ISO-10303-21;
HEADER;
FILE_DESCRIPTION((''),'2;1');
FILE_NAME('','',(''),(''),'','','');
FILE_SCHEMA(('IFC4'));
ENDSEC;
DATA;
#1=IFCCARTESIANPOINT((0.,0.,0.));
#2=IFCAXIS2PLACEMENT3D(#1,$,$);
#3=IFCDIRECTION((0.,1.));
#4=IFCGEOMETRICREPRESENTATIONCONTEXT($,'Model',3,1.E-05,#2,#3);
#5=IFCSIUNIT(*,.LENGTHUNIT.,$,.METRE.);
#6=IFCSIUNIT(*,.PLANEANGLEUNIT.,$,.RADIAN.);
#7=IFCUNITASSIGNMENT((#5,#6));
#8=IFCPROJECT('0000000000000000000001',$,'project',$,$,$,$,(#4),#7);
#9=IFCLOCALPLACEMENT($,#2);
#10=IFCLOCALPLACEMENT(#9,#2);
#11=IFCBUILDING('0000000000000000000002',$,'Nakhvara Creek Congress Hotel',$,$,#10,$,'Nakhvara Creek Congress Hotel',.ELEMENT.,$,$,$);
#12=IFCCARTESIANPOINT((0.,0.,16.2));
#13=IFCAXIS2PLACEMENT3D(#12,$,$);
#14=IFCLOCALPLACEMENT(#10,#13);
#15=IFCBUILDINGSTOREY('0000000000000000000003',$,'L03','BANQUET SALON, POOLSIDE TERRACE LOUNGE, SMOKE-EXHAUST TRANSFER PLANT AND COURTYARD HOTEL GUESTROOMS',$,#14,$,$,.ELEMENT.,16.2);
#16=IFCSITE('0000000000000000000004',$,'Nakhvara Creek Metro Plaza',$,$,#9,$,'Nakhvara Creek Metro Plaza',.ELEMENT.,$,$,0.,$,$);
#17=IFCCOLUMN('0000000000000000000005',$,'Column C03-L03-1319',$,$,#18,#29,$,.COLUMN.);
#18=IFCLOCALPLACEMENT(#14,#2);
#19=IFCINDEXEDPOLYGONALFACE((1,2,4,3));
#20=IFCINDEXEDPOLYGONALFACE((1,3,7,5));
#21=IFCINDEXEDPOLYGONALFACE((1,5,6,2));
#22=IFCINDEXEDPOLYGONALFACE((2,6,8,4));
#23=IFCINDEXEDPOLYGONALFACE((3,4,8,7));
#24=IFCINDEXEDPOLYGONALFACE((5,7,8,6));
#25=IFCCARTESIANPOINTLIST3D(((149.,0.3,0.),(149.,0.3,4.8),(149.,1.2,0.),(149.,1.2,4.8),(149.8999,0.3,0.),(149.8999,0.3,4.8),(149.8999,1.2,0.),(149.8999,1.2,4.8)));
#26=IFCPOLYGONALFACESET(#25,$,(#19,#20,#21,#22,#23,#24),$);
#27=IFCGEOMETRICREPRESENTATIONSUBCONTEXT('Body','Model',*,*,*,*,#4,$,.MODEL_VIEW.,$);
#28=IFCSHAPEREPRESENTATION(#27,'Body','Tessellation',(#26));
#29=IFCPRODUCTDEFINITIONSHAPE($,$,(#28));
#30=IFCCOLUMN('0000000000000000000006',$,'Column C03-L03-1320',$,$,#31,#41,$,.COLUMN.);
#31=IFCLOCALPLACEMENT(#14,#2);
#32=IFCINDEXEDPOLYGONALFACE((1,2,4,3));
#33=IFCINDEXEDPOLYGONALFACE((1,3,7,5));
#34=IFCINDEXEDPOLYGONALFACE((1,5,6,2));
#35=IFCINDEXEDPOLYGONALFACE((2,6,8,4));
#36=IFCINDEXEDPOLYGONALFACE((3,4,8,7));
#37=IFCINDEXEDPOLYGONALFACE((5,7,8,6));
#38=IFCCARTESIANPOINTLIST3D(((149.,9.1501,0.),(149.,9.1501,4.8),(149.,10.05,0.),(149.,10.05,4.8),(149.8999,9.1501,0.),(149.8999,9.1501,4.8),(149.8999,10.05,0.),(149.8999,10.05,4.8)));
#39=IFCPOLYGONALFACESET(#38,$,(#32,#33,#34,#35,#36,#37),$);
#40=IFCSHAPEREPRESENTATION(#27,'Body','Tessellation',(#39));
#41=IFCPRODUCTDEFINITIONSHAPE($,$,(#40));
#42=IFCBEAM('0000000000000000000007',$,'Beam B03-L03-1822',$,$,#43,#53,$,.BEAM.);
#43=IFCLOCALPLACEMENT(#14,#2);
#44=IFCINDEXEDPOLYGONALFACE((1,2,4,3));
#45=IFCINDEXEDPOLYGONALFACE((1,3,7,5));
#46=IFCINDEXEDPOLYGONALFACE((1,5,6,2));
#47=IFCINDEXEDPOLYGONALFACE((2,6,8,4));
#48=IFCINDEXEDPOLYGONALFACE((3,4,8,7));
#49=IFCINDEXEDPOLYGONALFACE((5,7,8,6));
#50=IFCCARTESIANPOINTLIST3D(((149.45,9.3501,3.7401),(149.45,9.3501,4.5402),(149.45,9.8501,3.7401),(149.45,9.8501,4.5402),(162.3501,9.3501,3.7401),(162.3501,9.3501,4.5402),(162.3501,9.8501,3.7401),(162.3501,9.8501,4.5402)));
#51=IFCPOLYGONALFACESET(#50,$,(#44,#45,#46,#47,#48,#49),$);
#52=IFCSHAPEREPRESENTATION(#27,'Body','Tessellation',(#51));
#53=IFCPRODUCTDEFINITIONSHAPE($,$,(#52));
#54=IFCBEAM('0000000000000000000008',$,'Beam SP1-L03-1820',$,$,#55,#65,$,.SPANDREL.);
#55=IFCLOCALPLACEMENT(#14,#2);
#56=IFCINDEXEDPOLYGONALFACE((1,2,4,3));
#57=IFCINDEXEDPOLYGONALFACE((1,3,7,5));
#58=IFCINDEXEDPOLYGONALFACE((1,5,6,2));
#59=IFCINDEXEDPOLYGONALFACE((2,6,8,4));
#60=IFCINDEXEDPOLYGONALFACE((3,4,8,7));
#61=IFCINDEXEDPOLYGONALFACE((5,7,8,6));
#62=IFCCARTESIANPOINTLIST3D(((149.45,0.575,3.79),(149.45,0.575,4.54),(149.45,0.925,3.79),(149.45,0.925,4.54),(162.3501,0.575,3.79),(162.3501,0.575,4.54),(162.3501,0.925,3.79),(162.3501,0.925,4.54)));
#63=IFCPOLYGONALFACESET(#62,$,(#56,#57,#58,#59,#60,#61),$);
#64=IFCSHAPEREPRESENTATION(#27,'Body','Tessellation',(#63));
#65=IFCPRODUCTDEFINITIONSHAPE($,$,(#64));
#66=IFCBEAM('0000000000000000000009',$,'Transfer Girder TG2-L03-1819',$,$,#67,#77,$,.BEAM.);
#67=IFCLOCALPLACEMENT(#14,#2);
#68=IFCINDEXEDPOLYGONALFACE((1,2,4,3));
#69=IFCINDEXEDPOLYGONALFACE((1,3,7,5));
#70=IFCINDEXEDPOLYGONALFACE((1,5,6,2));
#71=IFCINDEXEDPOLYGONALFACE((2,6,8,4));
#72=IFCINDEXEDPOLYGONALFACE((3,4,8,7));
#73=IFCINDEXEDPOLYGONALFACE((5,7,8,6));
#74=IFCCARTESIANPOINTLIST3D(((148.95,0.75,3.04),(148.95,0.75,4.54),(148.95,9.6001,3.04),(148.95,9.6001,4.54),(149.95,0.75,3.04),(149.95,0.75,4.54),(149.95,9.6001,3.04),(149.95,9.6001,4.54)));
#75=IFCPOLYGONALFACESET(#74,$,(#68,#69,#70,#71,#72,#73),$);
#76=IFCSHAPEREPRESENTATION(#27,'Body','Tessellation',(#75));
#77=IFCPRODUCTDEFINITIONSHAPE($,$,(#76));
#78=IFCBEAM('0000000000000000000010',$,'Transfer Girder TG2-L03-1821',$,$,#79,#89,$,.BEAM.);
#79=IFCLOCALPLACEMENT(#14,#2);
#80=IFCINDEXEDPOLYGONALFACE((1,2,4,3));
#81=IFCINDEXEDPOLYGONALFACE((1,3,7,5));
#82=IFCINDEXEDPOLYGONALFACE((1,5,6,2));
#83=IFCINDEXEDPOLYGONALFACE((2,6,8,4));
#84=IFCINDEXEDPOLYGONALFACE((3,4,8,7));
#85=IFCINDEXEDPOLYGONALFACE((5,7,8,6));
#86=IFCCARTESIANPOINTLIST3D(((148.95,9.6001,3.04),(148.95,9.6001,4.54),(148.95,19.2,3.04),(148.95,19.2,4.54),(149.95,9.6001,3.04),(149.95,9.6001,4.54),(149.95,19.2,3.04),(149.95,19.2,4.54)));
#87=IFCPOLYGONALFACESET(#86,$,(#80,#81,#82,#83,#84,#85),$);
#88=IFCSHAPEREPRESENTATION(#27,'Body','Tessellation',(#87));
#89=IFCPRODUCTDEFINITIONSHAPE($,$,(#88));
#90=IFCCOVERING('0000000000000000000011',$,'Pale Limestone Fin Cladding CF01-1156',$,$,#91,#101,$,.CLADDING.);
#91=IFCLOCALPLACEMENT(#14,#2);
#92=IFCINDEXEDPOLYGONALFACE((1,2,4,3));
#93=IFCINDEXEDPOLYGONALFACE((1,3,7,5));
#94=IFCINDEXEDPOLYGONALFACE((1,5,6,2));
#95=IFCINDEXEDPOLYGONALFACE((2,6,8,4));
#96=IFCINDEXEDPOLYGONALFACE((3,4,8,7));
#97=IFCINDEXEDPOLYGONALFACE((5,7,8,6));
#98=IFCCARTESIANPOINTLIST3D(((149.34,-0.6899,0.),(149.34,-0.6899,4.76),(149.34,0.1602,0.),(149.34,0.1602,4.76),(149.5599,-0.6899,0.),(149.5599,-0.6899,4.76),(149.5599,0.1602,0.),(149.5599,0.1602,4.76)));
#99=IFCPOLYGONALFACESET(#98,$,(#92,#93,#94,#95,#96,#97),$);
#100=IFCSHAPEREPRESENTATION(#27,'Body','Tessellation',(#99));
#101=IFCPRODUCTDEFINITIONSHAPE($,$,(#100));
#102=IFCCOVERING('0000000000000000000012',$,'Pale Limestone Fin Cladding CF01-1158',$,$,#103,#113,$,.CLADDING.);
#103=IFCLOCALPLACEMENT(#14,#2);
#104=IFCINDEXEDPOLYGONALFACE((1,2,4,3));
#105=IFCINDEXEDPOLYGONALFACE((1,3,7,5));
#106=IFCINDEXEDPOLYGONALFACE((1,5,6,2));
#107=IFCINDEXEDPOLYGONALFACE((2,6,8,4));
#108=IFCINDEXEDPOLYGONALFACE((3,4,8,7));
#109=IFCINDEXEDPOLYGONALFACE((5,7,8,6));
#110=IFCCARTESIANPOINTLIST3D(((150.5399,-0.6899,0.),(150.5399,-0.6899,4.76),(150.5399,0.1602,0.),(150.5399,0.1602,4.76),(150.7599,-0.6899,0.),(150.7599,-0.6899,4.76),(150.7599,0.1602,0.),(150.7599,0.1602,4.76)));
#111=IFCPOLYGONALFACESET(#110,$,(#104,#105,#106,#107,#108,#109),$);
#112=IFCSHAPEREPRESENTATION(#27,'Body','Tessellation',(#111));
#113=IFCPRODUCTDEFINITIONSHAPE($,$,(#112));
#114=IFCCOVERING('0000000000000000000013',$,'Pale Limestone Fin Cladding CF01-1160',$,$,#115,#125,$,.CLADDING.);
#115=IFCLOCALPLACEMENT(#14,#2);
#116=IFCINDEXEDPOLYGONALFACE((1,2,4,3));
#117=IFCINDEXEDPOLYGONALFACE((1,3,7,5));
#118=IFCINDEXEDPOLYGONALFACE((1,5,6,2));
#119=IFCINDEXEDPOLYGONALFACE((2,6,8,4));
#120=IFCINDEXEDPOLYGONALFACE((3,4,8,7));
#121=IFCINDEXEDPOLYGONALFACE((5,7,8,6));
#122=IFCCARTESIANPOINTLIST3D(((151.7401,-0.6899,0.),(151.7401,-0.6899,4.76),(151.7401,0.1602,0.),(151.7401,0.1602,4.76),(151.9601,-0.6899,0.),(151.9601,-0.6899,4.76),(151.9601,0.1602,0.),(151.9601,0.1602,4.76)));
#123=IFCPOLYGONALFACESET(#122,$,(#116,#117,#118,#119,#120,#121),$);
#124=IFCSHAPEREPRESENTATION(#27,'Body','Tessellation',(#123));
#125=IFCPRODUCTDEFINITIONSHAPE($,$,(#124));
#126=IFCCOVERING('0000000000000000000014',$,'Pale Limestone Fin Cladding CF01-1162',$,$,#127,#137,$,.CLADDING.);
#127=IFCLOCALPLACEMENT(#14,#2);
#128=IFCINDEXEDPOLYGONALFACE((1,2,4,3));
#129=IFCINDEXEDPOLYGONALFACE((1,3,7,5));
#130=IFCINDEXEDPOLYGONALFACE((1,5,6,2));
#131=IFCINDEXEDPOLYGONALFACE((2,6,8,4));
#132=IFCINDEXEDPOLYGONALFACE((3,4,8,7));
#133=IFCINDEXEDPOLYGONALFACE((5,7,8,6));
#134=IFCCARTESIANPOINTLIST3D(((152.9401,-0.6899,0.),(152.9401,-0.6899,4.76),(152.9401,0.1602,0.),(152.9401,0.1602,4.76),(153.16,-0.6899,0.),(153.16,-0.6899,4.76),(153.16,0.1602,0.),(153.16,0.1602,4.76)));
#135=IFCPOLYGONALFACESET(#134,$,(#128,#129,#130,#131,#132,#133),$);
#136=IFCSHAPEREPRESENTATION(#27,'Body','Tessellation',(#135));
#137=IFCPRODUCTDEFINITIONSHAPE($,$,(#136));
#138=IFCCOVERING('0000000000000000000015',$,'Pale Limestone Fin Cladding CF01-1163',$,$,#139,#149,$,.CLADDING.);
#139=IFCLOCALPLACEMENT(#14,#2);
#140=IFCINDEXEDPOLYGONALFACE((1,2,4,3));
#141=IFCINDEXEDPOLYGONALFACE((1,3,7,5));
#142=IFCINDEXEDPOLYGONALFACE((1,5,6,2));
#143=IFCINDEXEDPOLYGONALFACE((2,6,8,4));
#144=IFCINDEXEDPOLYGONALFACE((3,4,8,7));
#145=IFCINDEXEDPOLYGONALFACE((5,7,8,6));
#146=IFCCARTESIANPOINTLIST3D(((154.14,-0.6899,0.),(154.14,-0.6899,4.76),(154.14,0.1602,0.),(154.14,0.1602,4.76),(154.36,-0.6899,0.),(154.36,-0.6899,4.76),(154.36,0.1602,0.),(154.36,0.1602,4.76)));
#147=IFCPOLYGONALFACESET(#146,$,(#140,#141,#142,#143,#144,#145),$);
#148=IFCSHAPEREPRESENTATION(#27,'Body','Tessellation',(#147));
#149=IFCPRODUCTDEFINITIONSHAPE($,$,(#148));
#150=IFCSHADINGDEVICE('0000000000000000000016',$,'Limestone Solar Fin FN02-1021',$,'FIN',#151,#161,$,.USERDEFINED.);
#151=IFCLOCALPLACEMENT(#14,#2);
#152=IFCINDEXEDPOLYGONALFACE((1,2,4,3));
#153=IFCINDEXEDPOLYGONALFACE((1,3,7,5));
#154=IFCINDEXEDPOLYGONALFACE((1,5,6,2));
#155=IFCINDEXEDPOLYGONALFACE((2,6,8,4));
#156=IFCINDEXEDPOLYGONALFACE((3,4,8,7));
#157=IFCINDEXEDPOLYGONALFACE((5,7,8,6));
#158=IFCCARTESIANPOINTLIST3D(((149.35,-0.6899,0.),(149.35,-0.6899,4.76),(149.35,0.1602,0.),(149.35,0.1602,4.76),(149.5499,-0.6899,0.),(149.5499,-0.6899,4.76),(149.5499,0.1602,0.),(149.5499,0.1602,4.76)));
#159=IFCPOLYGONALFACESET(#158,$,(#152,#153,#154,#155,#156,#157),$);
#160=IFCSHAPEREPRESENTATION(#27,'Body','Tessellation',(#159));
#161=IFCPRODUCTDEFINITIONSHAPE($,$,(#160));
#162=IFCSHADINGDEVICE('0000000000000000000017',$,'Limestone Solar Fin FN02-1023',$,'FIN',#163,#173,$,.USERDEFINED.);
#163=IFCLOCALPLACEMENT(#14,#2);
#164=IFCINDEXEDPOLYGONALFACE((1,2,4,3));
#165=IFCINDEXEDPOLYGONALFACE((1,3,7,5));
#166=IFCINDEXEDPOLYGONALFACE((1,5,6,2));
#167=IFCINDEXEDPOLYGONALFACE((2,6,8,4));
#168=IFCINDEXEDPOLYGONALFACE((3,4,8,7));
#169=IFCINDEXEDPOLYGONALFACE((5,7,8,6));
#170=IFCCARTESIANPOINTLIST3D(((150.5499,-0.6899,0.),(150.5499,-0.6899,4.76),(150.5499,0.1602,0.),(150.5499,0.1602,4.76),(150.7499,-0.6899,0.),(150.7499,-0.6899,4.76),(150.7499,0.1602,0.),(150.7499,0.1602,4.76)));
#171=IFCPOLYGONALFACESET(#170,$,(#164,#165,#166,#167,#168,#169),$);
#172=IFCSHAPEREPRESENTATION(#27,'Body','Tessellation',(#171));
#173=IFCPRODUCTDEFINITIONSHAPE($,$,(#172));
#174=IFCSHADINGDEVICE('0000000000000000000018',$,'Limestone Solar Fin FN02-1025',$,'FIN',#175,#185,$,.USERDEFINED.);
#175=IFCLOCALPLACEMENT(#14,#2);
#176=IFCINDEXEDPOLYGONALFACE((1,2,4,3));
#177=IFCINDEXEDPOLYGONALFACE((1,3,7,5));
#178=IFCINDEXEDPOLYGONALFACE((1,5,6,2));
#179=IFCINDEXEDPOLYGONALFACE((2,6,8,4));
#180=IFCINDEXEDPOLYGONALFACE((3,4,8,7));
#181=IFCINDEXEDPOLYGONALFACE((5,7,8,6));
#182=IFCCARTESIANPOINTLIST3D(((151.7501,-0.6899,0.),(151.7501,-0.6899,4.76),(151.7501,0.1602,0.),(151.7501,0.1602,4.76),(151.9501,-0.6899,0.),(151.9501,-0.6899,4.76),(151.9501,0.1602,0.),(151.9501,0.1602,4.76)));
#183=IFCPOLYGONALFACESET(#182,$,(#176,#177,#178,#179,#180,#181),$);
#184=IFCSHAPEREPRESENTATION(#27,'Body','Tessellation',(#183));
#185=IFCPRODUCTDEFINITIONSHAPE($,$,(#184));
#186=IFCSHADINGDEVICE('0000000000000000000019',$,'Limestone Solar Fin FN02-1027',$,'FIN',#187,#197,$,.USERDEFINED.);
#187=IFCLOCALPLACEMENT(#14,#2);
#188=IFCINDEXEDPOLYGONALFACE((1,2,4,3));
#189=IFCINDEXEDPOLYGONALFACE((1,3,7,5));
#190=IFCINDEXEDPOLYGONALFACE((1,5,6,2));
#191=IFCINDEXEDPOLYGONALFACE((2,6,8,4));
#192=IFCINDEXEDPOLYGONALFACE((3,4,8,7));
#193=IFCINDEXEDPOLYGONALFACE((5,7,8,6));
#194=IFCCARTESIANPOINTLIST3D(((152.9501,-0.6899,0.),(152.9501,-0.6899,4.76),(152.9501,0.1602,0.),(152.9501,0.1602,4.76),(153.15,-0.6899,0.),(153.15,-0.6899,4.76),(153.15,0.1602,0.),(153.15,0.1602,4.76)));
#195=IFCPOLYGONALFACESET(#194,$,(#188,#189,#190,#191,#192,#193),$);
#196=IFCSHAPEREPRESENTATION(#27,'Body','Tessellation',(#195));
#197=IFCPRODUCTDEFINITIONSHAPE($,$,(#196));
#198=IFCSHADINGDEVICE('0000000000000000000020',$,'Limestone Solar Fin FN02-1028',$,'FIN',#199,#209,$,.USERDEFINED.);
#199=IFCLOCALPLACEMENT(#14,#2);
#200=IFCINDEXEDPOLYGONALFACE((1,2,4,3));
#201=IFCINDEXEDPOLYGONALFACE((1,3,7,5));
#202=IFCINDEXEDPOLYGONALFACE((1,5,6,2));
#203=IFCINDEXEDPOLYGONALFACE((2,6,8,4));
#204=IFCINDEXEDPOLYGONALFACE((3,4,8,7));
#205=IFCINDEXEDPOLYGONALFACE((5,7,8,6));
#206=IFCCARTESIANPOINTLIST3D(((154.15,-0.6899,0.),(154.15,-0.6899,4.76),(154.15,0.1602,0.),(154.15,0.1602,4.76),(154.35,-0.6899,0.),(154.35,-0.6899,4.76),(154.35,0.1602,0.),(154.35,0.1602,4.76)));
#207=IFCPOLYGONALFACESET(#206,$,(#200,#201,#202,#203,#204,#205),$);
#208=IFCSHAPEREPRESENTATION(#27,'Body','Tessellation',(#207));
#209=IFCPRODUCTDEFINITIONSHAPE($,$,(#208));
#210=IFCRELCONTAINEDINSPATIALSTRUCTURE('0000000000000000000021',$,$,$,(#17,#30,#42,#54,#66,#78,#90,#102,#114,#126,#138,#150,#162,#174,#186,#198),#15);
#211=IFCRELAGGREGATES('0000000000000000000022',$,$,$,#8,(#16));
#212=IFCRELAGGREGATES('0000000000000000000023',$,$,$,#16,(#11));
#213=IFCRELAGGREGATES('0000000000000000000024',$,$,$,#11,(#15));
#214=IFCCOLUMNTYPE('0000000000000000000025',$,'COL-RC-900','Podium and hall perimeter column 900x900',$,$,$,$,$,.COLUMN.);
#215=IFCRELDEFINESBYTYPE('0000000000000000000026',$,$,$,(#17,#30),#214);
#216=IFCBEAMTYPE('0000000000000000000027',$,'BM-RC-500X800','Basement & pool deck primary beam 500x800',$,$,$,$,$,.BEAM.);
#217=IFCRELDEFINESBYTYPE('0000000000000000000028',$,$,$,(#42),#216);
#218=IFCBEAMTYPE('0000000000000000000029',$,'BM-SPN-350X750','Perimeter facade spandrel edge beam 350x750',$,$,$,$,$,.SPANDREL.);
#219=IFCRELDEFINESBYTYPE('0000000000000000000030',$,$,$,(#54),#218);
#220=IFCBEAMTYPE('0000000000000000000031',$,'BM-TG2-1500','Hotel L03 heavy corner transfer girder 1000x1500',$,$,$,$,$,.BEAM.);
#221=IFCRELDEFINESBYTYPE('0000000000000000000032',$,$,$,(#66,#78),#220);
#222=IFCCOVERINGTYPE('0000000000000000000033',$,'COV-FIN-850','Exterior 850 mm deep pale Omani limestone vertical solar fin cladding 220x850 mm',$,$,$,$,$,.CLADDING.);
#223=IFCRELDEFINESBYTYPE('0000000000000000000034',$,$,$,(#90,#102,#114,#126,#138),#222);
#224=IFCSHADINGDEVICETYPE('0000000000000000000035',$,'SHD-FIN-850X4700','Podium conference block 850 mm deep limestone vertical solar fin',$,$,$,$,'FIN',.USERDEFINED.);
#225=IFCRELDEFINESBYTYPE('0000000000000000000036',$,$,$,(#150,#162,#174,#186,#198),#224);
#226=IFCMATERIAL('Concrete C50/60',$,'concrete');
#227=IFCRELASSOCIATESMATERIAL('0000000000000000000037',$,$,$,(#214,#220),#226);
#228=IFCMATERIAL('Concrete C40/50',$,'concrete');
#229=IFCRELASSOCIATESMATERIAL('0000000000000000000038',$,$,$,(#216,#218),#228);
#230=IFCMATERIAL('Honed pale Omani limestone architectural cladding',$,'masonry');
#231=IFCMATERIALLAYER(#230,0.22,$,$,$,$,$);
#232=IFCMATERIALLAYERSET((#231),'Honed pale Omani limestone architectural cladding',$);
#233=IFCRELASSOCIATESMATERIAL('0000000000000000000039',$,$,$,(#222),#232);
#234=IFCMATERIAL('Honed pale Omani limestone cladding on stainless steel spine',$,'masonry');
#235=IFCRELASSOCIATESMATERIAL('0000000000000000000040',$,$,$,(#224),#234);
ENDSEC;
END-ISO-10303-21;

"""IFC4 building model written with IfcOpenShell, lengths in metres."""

from ifc_helpers import new_model, si_unit, direction, frame, origin, origin_2d, place, context, subcontext, project, spatial, rectangle, extrude, material, layer, layer_set, material_profile, profile_set, type_object, element, save


model = new_model("IFC4")

# Units and contexts
model_context = context("Model", 3, precision=1e-05, world=origin(), true_north=direction((0.0, 1.0)))
body_context = subcontext(model_context, "Body", "Model", "MODEL_VIEW")
ifc_project = project(units=[si_unit("LENGTHUNIT", "METRE"), si_unit("PLANEANGLEUNIT", "RADIAN")], contexts=[model_context])

# Site, building, storey
site_placement = place(None, origin())
site = spatial("IfcSite", under=ifc_project, at=site_placement, Name="Nakhvara Creek Metro Plaza", LongName="Nakhvara Creek Metro Plaza", CompositionType="ELEMENT", RefElevation=0.0)
building_placement = place(site_placement, origin())
building = spatial("IfcBuilding", under=site, at=building_placement, Name="Nakhvara Creek Congress Hotel", LongName="Nakhvara Creek Congress Hotel", CompositionType="ELEMENT")
storey_placement = place(building_placement, frame((0.0, 0.0, 16.2)))
storey = spatial("IfcBuildingStorey", under=building, at=storey_placement, Name="L03", Description="BANQUET SALON, POOLSIDE TERRACE LOUNGE, SMOKE-EXHAUST TRANSFER PLANT AND COURTYARD HOTEL GUESTROOMS", CompositionType="ELEMENT", Elevation=16.2)

# Columns
ifc_material_1 = material(Name="Concrete C50/60", Category="concrete")
ifc_material_profile_1 = material_profile(ifc_material_1, rectangle(XDim=0.8999, YDim=0.8999, at=origin_2d()), Name="RC-COL 900x900", Category="LoadBearing")
ifc_profile_set_1 = profile_set([ifc_material_profile_1], Name="Concrete C50/60")
column_type = type_object("IfcColumnType", Name="COL-RC-900", Description="Podium and hall perimeter column 900x900", PredefinedType="COLUMN", material=ifc_profile_set_1)
for number, where, z_axis, x_axis, name in (
    (1, (149.45, 0.75, 0.0), (0.0, 0.0, 1.0), (1.0, 0.0, 0.0), "Column C03-L03-1319"),
    (2, (149.45, 9.6001, 0.0), (0.0, 0.0, 1.0), (1.0, 0.0, 0.0), "Column C03-L03-1320"),
):
    element("IfcColumn", number, at=place(storey_placement, frame(where, z_axis=z_axis, x_axis=x_axis)), inside=storey, type_object=column_type, Name=name, PredefinedType="COLUMN", context=body_context, shape_type="SweptSolid", body=[
        extrude(rectangle(XDim=0.8999, YDim=0.8999, at=origin_2d()), origin(), (0.0, 0.0, 1.0), 4.8),
    ])

# Beams
ifc_material_2 = material(Name="Concrete C40/50", Category="concrete")
ifc_material_profile_2 = material_profile(ifc_material_2, rectangle(XDim=0.5, YDim=0.8, at=origin_2d()), Name="RC-BM 500x800", Category="LoadBearing")
ifc_profile_set_2 = profile_set([ifc_material_profile_2], Name="Concrete C40/50")
beam_type_1 = type_object("IfcBeamType", Name="BM-RC-500X800", Description="Basement & pool deck primary beam 500x800", PredefinedType="BEAM", material=ifc_profile_set_2)
beam_1_placement = place(storey_placement, frame((149.45, 9.6001, 4.1401), z_axis=(1.0, 0.0, 0.0), x_axis=(0.0, 1.0, 0.0)))
element("IfcBeam", 3, at=beam_1_placement, inside=storey, type_object=beam_type_1, Name="Beam B03-L03-1822", PredefinedType="BEAM", context=body_context, shape_type="SweptSolid", body=[
    extrude(rectangle(XDim=0.5, YDim=0.8, at=origin_2d()), origin(), (0.0, 0.0, 1.0), 12.9001),
])
ifc_material_profile_3 = material_profile(ifc_material_2, rectangle(XDim=0.3501, YDim=0.75, at=origin_2d()), Name="RC-SPANDREL 350x750", Category="LoadBearing")
ifc_profile_set_3 = profile_set([ifc_material_profile_3], Name="Concrete C40/50")
beam_type_2 = type_object("IfcBeamType", Name="BM-SPN-350X750", Description="Perimeter facade spandrel edge beam 350x750", PredefinedType="SPANDREL", material=ifc_profile_set_3)
beam_2_placement = place(storey_placement, frame((149.45, 0.75, 4.165), z_axis=(1.0, 0.0, 0.0), x_axis=(0.0, 1.0, 0.0)))
element("IfcBeam", 4, at=beam_2_placement, inside=storey, type_object=beam_type_2, Name="Beam SP1-L03-1820", PredefinedType="SPANDREL", context=body_context, shape_type="SweptSolid", body=[
    extrude(rectangle(XDim=0.3501, YDim=0.75, at=origin_2d()), origin(), (0.0, 0.0, 1.0), 12.9001),
])
ifc_material_profile_4 = material_profile(ifc_material_1, rectangle(XDim=1.0, YDim=1.5, at=origin_2d()), Name="RC-TG 1000x1500", Category="LoadBearing")
ifc_profile_set_4 = profile_set([ifc_material_profile_4], Name="Concrete C50/60")
beam_type_3 = type_object("IfcBeamType", Name="BM-TG2-1500", Description="Hotel L03 heavy corner transfer girder 1000x1500", PredefinedType="BEAM", material=ifc_profile_set_4)
beam_3_placement = place(storey_placement, frame((149.45, 0.75, 3.79), z_axis=(0.0, 1.0, 0.0), x_axis=(-1.0, 0.0, 0.0)))
element("IfcBeam", 5, at=beam_3_placement, inside=storey, type_object=beam_type_3, Name="Transfer Girder TG2-L03-1819", PredefinedType="BEAM", context=body_context, shape_type="SweptSolid", body=[
    extrude(rectangle(XDim=1.0, YDim=1.5, at=origin_2d()), origin(), (0.0, 0.0, 1.0), 8.8501),
])
beam_4_placement = place(storey_placement, frame((149.45, 9.6001, 3.79), z_axis=(0.0, 1.0, 0.0), x_axis=(-1.0, 0.0, 0.0)))
element("IfcBeam", 6, at=beam_4_placement, inside=storey, type_object=beam_type_3, Name="Transfer Girder TG2-L03-1821", PredefinedType="BEAM", context=body_context, shape_type="SweptSolid", body=[
    extrude(rectangle(XDim=1.0, YDim=1.5, at=origin_2d()), origin(), (0.0, 0.0, 1.0), 9.5999),
])

# Coverings
ifc_material_3 = material(Name="Honed pale Omani limestone architectural cladding", Category="masonry")
ifc_layer = layer(ifc_material_3, 0.22)
ifc_layer_set = layer_set([ifc_layer], Name="Honed pale Omani limestone architectural cladding")
covering_type = type_object("IfcCoveringType", Name="COV-FIN-850", Description="Exterior 850 mm deep pale Omani limestone vertical solar fin cladding 220x850 mm", PredefinedType="CLADDING", material=ifc_layer_set)
for number, where, z_axis, x_axis, name in (
    (7, (149.45, -0.2649, 0.0), (0.0, 0.0, 1.0), (1.0, 0.0, 0.0), "Pale Limestone Fin Cladding CF01-1156"),
    (8, (150.6499, -0.2649, 0.0), (0.0, 0.0, 1.0), (1.0, 0.0, 0.0), "Pale Limestone Fin Cladding CF01-1158"),
    (9, (151.8501, -0.2649, 0.0), (0.0, 0.0, 1.0), (1.0, 0.0, 0.0), "Pale Limestone Fin Cladding CF01-1160"),
    (10, (153.05, -0.2649, 0.0), (0.0, 0.0, 1.0), (1.0, 0.0, 0.0), "Pale Limestone Fin Cladding CF01-1162"),
    (11, (154.25, -0.2649, 0.0), (0.0, 0.0, 1.0), (1.0, 0.0, 0.0), "Pale Limestone Fin Cladding CF01-1163"),
):
    element("IfcCovering", number, at=place(storey_placement, frame(where, z_axis=z_axis, x_axis=x_axis)), inside=storey, type_object=covering_type, Name=name, PredefinedType="CLADDING", context=body_context, shape_type="SweptSolid", body=[
        extrude(rectangle(XDim=0.22, YDim=0.8501, at=origin_2d()), origin(), (0.0, 0.0, 1.0), 4.76),
    ])

# Shading devices
ifc_material_4 = material(Name="Honed pale Omani limestone cladding on stainless steel spine", Category="masonry")
shading_device_type = type_object("IfcShadingDeviceType", Name="SHD-FIN-850X4700", Description="Podium conference block 850 mm deep limestone vertical solar fin", ElementType="FIN", PredefinedType="USERDEFINED", material=ifc_material_4)
for number, where, z_axis, x_axis, name in (
    (12, (149.45, -0.2649, 0.0), (0.0, 0.0, 1.0), (1.0, 0.0, 0.0), "Limestone Solar Fin FN02-1021"),
    (13, (150.6499, -0.2649, 0.0), (0.0, 0.0, 1.0), (1.0, 0.0, 0.0), "Limestone Solar Fin FN02-1023"),
    (14, (151.8501, -0.2649, 0.0), (0.0, 0.0, 1.0), (1.0, 0.0, 0.0), "Limestone Solar Fin FN02-1025"),
    (15, (153.05, -0.2649, 0.0), (0.0, 0.0, 1.0), (1.0, 0.0, 0.0), "Limestone Solar Fin FN02-1027"),
    (16, (154.25, -0.2649, 0.0), (0.0, 0.0, 1.0), (1.0, 0.0, 0.0), "Limestone Solar Fin FN02-1028"),
):
    element("IfcShadingDevice", number, at=place(storey_placement, frame(where, z_axis=z_axis, x_axis=x_axis)), inside=storey, type_object=shading_device_type, Name=name, ObjectType="FIN", PredefinedType="USERDEFINED", context=body_context, shape_type="SweptSolid", body=[
        extrude(rectangle(XDim=0.2, YDim=0.8501, at=origin_2d()), origin(), (0.0, 0.0, 1.0), 4.76),
    ])

save(model, "model.ifc")
